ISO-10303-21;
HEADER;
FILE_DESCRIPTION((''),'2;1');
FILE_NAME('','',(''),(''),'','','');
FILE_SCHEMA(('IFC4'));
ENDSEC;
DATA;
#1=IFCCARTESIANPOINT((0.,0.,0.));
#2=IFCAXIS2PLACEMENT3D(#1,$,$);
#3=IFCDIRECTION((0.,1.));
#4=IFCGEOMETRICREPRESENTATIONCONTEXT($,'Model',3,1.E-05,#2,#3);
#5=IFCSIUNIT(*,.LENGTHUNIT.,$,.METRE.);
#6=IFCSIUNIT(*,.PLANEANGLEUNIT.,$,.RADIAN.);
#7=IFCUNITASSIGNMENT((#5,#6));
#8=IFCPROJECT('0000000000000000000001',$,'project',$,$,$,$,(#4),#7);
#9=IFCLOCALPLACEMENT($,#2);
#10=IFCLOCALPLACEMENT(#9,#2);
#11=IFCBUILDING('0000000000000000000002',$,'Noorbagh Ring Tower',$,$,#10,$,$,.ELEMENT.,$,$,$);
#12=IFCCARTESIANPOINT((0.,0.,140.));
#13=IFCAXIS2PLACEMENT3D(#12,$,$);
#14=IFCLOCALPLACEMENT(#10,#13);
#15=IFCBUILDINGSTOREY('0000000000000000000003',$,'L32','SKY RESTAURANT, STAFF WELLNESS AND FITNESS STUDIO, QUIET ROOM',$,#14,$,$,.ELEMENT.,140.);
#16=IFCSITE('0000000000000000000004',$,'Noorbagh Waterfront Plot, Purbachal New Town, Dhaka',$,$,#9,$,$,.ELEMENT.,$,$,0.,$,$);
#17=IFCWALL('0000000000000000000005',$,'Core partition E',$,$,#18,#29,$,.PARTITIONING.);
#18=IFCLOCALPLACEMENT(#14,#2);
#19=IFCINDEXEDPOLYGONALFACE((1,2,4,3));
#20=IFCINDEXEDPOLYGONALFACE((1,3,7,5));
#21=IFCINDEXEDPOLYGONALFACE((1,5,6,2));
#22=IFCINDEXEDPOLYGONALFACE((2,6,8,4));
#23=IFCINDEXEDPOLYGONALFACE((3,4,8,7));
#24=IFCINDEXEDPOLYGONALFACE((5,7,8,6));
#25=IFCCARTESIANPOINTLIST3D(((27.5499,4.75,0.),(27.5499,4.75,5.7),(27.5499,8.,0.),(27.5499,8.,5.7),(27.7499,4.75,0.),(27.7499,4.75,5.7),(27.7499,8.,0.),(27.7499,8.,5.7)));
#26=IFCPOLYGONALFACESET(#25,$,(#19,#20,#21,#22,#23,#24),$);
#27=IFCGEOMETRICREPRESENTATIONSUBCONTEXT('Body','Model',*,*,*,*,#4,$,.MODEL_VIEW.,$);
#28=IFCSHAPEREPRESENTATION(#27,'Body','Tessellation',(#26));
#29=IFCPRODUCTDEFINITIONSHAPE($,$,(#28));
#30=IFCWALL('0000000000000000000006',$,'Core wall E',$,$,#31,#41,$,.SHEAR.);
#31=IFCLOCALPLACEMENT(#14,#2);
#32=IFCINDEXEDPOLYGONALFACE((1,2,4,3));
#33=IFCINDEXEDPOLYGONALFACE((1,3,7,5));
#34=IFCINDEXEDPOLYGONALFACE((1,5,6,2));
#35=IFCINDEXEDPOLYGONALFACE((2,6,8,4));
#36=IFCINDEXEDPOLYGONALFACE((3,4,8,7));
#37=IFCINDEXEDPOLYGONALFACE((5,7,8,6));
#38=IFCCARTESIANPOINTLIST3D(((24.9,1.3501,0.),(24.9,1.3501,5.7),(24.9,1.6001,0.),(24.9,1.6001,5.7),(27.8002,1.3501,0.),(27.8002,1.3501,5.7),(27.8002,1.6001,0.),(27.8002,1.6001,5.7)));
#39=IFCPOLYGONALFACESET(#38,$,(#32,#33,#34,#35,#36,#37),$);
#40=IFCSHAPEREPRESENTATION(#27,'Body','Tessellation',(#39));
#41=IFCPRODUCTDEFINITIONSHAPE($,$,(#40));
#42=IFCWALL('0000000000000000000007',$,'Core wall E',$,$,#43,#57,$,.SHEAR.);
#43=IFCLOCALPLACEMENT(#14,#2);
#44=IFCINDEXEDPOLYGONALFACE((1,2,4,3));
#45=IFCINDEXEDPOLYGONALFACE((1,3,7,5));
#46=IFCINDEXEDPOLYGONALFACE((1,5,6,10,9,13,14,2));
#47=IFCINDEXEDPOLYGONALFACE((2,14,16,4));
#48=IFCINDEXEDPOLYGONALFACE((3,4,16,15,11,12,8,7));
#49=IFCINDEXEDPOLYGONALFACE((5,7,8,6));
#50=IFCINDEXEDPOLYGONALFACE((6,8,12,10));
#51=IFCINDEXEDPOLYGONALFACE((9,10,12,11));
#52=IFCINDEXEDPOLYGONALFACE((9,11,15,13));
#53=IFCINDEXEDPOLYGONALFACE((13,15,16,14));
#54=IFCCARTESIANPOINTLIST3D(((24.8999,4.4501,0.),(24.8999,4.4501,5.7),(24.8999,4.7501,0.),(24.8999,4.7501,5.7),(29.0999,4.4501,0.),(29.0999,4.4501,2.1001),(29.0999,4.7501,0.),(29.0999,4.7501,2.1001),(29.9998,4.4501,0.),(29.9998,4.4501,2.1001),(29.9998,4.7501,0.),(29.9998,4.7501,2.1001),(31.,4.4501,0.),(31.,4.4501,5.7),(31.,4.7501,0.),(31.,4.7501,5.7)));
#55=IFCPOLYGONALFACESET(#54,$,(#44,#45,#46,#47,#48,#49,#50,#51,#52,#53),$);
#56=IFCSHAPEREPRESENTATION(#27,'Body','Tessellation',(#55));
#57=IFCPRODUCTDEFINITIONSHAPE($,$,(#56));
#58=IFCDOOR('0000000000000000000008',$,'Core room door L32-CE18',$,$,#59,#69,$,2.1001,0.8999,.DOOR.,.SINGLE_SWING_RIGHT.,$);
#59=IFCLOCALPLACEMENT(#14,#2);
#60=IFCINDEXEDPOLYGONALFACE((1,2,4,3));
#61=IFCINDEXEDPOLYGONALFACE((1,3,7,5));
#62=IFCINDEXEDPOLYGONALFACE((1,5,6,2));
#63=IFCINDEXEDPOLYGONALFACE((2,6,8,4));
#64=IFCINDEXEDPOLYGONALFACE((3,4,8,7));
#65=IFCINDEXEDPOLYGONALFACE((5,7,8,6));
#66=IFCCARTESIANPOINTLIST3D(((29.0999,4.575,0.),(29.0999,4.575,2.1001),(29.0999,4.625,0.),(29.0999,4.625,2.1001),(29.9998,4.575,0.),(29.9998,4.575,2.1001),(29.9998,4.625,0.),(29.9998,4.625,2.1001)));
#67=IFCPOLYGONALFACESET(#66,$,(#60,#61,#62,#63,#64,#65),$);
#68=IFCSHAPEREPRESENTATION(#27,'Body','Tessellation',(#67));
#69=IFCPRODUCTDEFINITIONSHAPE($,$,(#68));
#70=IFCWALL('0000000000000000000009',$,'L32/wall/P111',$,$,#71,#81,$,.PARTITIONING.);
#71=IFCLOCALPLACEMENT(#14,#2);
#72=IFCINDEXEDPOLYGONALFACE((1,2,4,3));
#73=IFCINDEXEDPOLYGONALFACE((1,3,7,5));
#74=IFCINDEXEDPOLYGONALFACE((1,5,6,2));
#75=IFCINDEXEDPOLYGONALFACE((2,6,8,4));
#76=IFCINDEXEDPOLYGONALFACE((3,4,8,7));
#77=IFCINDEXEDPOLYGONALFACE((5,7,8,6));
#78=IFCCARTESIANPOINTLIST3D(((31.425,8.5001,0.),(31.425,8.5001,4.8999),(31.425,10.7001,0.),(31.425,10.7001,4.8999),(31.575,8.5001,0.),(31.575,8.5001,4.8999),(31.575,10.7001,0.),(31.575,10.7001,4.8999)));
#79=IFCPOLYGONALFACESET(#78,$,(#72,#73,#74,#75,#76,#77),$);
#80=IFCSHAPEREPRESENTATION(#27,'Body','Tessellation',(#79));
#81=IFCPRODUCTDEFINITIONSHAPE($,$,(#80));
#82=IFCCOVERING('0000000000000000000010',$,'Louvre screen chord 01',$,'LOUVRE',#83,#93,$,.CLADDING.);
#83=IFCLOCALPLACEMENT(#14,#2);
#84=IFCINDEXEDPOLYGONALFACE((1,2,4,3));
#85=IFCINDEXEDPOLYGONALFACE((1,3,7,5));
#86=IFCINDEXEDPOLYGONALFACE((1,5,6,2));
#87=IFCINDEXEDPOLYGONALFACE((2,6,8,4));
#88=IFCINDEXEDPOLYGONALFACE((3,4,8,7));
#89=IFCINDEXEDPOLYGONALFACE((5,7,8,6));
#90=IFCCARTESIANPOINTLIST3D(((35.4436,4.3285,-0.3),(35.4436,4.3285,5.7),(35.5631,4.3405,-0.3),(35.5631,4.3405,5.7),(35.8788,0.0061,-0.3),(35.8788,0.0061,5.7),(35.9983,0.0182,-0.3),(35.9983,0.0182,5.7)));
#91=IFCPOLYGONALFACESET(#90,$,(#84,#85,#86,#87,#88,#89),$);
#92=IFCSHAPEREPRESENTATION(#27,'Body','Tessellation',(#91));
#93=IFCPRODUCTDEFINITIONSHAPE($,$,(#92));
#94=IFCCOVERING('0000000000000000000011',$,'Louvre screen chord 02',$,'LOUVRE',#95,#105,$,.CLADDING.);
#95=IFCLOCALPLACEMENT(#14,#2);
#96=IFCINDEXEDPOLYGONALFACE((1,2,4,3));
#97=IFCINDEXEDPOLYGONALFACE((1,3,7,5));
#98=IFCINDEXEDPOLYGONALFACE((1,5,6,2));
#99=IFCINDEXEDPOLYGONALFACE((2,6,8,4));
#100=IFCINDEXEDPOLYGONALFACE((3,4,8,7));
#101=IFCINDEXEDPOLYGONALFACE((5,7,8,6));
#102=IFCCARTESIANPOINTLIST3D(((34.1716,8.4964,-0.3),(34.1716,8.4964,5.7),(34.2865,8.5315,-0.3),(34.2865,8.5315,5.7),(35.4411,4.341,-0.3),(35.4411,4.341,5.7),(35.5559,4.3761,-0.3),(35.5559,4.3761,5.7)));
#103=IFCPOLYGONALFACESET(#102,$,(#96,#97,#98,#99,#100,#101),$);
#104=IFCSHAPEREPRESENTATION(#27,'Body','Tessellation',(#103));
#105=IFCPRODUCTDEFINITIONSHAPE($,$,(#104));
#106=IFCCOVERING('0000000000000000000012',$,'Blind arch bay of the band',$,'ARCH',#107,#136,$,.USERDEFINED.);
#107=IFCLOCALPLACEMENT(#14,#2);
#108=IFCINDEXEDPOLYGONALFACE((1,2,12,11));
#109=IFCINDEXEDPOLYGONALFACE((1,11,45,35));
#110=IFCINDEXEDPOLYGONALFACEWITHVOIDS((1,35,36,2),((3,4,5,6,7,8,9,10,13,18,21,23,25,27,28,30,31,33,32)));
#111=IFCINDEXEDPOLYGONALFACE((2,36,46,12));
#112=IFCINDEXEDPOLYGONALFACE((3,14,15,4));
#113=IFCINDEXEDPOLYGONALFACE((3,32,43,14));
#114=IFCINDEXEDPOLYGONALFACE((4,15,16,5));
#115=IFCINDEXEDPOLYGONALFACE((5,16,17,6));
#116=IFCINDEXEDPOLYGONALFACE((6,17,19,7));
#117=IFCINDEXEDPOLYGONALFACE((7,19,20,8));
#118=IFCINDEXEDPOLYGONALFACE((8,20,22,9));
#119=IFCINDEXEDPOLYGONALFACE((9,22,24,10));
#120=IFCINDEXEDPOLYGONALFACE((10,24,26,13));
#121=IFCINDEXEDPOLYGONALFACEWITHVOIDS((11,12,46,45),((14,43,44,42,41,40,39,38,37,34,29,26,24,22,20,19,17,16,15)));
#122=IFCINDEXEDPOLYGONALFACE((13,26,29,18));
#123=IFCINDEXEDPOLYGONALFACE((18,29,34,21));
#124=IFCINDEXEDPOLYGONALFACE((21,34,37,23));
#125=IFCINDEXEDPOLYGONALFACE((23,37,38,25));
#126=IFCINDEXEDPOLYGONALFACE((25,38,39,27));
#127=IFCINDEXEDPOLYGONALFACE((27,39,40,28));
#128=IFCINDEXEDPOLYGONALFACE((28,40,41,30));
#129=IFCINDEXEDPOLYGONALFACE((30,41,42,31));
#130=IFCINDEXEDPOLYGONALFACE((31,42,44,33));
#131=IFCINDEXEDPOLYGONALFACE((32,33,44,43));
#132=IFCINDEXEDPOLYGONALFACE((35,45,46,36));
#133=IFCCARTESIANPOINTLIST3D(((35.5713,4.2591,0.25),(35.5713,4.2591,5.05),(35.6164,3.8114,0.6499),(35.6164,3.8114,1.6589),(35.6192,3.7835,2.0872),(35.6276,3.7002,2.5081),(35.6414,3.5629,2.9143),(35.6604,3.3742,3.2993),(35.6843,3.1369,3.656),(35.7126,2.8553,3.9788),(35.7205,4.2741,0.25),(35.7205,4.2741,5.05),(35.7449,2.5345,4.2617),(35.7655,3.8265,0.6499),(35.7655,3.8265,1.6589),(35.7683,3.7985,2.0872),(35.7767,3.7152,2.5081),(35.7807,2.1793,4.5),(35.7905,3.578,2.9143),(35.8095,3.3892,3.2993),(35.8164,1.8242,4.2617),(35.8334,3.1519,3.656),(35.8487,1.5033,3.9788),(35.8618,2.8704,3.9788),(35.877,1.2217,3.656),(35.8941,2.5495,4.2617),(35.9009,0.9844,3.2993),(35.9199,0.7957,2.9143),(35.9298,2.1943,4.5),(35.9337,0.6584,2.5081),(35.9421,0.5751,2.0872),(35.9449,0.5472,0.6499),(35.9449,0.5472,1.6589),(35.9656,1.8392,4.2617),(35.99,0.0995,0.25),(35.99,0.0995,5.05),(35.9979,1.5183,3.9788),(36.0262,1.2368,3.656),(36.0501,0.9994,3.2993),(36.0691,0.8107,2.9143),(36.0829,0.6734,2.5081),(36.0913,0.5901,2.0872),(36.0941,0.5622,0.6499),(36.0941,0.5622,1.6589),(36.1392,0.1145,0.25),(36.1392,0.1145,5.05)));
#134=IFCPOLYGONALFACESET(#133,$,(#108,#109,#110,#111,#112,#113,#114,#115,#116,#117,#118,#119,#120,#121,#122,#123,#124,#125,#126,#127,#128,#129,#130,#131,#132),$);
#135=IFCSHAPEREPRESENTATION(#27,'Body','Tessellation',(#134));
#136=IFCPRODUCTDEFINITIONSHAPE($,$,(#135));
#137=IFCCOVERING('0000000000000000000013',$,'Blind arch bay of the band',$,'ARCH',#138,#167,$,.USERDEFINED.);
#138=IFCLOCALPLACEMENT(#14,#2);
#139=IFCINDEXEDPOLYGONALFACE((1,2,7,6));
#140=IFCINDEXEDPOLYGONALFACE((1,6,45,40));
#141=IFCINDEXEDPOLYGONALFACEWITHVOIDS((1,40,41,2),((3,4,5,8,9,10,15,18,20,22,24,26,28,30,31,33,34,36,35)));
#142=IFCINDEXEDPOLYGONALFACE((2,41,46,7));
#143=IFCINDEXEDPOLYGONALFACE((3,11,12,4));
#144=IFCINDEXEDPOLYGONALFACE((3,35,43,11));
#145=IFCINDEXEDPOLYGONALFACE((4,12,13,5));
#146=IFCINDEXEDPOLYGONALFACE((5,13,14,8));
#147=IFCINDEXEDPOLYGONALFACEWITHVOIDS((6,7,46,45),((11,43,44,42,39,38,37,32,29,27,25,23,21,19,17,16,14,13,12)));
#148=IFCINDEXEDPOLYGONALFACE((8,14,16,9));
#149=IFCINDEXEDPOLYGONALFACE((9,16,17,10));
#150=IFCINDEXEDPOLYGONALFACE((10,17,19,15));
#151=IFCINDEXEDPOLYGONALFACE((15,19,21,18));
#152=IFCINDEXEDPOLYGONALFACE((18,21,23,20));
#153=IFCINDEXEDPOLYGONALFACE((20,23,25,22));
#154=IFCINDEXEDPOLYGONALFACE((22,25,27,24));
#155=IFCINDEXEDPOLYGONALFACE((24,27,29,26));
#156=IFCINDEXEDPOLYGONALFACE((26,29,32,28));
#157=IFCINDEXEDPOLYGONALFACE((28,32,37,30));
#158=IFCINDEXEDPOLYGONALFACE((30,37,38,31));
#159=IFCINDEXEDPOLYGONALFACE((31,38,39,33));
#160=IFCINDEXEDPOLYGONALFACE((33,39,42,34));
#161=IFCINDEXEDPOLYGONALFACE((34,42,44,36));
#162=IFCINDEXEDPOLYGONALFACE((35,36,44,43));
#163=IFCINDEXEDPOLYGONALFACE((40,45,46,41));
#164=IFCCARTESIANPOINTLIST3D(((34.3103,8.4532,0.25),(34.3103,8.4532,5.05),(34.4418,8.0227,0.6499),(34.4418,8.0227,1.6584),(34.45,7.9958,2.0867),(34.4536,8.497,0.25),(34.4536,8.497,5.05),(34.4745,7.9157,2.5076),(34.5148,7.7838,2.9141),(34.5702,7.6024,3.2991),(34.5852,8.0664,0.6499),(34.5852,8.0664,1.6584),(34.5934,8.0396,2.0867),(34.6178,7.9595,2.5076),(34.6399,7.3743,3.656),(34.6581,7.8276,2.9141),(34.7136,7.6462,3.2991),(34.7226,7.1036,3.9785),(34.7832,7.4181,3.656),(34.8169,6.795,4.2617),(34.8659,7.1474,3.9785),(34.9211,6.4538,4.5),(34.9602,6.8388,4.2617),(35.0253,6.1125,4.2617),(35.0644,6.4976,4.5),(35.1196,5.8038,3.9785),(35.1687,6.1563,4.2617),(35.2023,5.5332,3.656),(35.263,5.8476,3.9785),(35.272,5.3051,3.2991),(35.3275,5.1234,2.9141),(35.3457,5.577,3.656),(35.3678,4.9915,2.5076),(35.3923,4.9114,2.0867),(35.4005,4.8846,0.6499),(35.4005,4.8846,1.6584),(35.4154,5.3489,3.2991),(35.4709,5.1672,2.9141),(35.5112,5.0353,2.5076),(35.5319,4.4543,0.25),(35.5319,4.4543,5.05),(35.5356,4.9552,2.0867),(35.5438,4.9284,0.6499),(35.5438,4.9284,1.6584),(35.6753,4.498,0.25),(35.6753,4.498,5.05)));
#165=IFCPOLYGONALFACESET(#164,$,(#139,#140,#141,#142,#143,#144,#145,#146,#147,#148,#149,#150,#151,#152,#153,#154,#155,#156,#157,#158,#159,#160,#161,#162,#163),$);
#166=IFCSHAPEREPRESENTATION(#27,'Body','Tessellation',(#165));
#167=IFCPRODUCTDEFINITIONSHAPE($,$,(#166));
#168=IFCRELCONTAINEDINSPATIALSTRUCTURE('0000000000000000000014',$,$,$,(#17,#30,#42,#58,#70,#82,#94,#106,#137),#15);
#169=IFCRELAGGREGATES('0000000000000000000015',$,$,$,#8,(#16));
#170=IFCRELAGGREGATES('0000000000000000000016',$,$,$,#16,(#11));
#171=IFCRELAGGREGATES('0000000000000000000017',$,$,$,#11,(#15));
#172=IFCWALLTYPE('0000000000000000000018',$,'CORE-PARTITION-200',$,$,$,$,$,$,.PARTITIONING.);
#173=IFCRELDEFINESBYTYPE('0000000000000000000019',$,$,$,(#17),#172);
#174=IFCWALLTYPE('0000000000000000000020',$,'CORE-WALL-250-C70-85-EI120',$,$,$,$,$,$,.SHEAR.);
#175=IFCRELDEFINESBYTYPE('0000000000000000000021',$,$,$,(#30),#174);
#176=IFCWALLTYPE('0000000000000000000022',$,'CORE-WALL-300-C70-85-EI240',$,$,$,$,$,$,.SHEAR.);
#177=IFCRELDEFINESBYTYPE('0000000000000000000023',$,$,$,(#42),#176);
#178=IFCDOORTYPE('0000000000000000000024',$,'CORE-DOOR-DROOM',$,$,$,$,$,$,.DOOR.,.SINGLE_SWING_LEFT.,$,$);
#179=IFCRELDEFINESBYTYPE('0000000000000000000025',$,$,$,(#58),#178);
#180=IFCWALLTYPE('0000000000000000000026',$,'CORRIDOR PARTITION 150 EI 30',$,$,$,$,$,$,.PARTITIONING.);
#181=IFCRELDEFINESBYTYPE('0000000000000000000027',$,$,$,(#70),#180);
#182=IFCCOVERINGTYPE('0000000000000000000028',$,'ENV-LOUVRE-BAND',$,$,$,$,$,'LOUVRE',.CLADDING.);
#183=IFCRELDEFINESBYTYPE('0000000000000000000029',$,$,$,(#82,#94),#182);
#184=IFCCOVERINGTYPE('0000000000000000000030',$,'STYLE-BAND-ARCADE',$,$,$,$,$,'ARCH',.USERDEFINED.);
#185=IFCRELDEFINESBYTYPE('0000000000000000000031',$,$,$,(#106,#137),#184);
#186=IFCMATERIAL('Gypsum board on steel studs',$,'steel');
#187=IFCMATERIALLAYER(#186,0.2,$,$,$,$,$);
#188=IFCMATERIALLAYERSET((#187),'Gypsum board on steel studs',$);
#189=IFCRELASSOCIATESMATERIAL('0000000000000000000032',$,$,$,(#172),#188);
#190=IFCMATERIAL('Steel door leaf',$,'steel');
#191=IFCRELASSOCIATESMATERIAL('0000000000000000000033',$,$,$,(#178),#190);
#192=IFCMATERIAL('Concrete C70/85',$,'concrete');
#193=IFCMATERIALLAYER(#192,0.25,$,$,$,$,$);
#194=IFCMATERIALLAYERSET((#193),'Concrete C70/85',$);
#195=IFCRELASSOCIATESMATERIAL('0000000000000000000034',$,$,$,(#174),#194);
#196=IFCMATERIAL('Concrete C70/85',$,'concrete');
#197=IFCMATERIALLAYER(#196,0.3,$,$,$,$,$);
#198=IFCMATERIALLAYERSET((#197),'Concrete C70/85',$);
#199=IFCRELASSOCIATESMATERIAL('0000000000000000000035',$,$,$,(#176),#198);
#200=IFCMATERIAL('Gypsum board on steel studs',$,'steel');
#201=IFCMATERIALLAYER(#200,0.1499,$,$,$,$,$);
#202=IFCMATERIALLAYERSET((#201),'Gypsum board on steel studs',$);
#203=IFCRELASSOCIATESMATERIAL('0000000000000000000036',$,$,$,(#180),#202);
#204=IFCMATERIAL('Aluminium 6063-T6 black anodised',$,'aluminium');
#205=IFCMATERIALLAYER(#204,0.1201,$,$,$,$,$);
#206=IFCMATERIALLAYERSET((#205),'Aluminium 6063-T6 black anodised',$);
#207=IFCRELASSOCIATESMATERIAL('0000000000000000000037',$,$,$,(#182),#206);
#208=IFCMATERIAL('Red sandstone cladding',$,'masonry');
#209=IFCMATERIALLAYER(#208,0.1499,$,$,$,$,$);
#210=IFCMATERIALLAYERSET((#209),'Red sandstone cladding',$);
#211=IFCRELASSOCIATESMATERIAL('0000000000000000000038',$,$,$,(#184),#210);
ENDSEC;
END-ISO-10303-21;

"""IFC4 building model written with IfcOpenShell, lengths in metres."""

from ifc_helpers import new_model, si_unit, direction, frame, frame_2d, origin, origin_2d, place, context, subcontext, project, spatial, polyline, rectangle, outline, extrude, material, layer, layer_set, type_object, element, fill, save


model = new_model("IFC4")

# Units and contexts
model_context = context("Model", 3, precision=1e-05, world=origin(), true_north=direction((0.0, 1.0)))
body_context = subcontext(model_context, "Body", "Model", "MODEL_VIEW")
ifc_project = project(units=[si_unit("LENGTHUNIT", "METRE"), si_unit("PLANEANGLEUNIT", "RADIAN")], contexts=[model_context])

# Site, building, storey
site_placement = place(None, origin())
site = spatial("IfcSite", under=ifc_project, at=site_placement, Name="Noorbagh Waterfront Plot, Purbachal New Town, Dhaka", CompositionType="ELEMENT", RefElevation=0.0)
building_placement = place(site_placement, origin())
building = spatial("IfcBuilding", under=site, at=building_placement, Name="Noorbagh Ring Tower", CompositionType="ELEMENT")
storey_placement = place(building_placement, frame((0.0, 0.0, 140.0)))
storey = spatial("IfcBuildingStorey", under=building, at=storey_placement, Name="L32", Description="SKY RESTAURANT, STAFF WELLNESS AND FITNESS STUDIO, QUIET ROOM", CompositionType="ELEMENT", Elevation=140.0)

# Shared definitions
ifc_material_1 = material(Name="Gypsum board on steel studs", Category="steel")
ifc_layer_1 = layer(ifc_material_1, 0.2)
ifc_layer_set_1 = layer_set([ifc_layer_1], Name="Gypsum board on steel studs")
wall_type_1 = type_object("IfcWallType", Name="CORE-PARTITION-200", PredefinedType="PARTITIONING", material=ifc_layer_set_1)
ifc_material_2 = material(Name="Steel door leaf", Category="steel")
door_type = type_object("IfcDoorType", Name="CORE-DOOR-DROOM", OperationType="SINGLE_SWING_LEFT", PredefinedType="DOOR", material=ifc_material_2)

# Walls
wall_1_placement = place(storey_placement, frame((27.6499, 4.75, 0.0), z_axis=(0.0, 0.0, 1.0), x_axis=(0.0, 1.0, 0.0)))
element("IfcWall", 1, at=wall_1_placement, inside=storey, type_object=wall_type_1, Name="Core partition E", PredefinedType="PARTITIONING", context=body_context, shape_type="SweptSolid", body=[
    extrude(rectangle(XDim=3.25, YDim=0.2, at=frame_2d((1.625, 0.0))), origin(), (0.0, 0.0, 1.0), 5.7),
])
ifc_material_3 = material(Name="Concrete C70/85", Category="concrete")
ifc_layer_2 = layer(ifc_material_3, 0.25)
ifc_layer_set_2 = layer_set([ifc_layer_2], Name="Concrete C70/85")
wall_type_2 = type_object("IfcWallType", Name="CORE-WALL-250-C70-85-EI120", PredefinedType="SHEAR", material=ifc_layer_set_2)
wall_2_placement = place(storey_placement, frame((24.8999, 1.4751, 0.0), z_axis=(0.0, 0.0, 1.0), x_axis=(1.0, 0.0, 0.0)))
element("IfcWall", 2, at=wall_2_placement, inside=storey, type_object=wall_type_2, Name="Core wall E", PredefinedType="SHEAR", context=body_context, shape_type="SweptSolid", body=[
    extrude(rectangle(XDim=2.9001, YDim=0.25, at=frame_2d((1.4502, 0.0))), origin(), (0.0, 0.0, 1.0), 5.7),
])

# Wall, opening, door
ifc_material_4 = material(Name="Concrete C70/85", Category="concrete")
ifc_layer_3 = layer(ifc_material_4, 0.3)
ifc_layer_set_3 = layer_set([ifc_layer_3], Name="Concrete C70/85")
wall_type_3 = type_object("IfcWallType", Name="CORE-WALL-300-C70-85-EI240", PredefinedType="SHEAR", material=ifc_layer_set_3)
wall_3_placement = place(storey_placement, frame((24.8999, 4.6001, 0.0), z_axis=(0.0, 0.0, 1.0), x_axis=(1.0, 0.0, 0.0)))
wall_3 = element("IfcWall", 3, at=wall_3_placement, inside=storey, type_object=wall_type_3, Name="Core wall E", PredefinedType="SHEAR", context=body_context, shape_type="SweptSolid", body=[
    extrude(rectangle(XDim=6.1001, YDim=0.3, at=frame_2d((3.05, 0.0))), origin(), (0.0, 0.0, 1.0), 5.7),
])
opening_1_placement = place(wall_3_placement, frame((4.2, 0.0, 0.0)))
opening_1 = element("IfcOpeningElement", 4, at=opening_1_placement, cuts=wall_3, PredefinedType="OPENING", context=body_context, shape_type="SweptSolid", body=[
    extrude(rectangle(XDim=0.8999, YDim=2.1001, at=frame_2d((0.45, 1.05))), frame((0.0, 0.1602, 0.0), z_axis=(0.0, -1.0, 0.0), x_axis=(1.0, 0.0, 0.0)), (0.0, 0.0, 1.0), 0.3201),
])
door_1_placement = place(opening_1_placement, origin())
door_1 = element("IfcDoor", 5, at=door_1_placement, inside=storey, type_object=door_type, Name="Core room door L32-CE18", OperationType="SINGLE_SWING_RIGHT", OverallHeight=2.1001, OverallWidth=0.8999, PredefinedType="DOOR", context=body_context, shape_type="SweptSolid", body=[
    extrude(rectangle(XDim=0.8999, YDim=2.1001, at=frame_2d((0.45, 1.05))), frame((0.0, 0.0249, 0.0), z_axis=(0.0, -1.0, 0.0), x_axis=(1.0, 0.0, 0.0)), (0.0, 0.0, 1.0), 0.05),
])
fill(opening_1, door_1)

# Wall
ifc_material_5 = material(Name="Gypsum board on steel studs", Category="steel")
ifc_layer_4 = layer(ifc_material_5, 0.1499)
ifc_layer_set_4 = layer_set([ifc_layer_4], Name="Gypsum board on steel studs")
wall_type_4 = type_object("IfcWallType", Name="CORRIDOR PARTITION 150 EI 30", PredefinedType="PARTITIONING", material=ifc_layer_set_4)
wall_4_placement = place(storey_placement, frame((31.5, 8.5, 0.0), z_axis=(0.0, 0.0, 1.0), x_axis=(0.0, 1.0, 0.0)))
element("IfcWall", 6, at=wall_4_placement, inside=storey, type_object=wall_type_4, Name="L32/wall/P111", PredefinedType="PARTITIONING", context=body_context, shape_type="SweptSolid", body=[
    extrude(rectangle(XDim=2.2, YDim=0.1499, at=frame_2d((1.1001, 0.0))), origin(), (0.0, 0.0, 1.0), 4.8999),
])

# Coverings
ifc_material_6 = material(Name="Aluminium 6063-T6 black anodised", Category="aluminium")
ifc_layer_5 = layer(ifc_material_6, 0.1201)
ifc_layer_set_5 = layer_set([ifc_layer_5], Name="Aluminium 6063-T6 black anodised")
covering_type_1 = type_object("IfcCoveringType", Name="ENV-LOUVRE-BAND", ElementType="LOUVRE", PredefinedType="CLADDING", material=ifc_layer_set_5)
covering_1_placement = place(storey_placement, frame((35.7209, 2.1733, -0.3), z_axis=(0.0, 0.0, 1.0), x_axis=(-0.100178, 0.99497, 0.0)))
element("IfcCovering", 7, at=covering_1_placement, inside=storey, type_object=covering_type_1, Name="Louvre screen chord 01", ObjectType="LOUVRE", PredefinedType="CLADDING", context=body_context, shape_type="SweptSolid", body=[
    extrude(rectangle(XDim=4.3442, YDim=0.1201, at=origin_2d()), origin(), (0.0, 0.0, 1.0), 6.0),
])
covering_2_placement = place(storey_placement, frame((34.8638, 6.4363, -0.3), z_axis=(0.0, 0.0, 1.0), x_axis=(-0.29217, 0.956366, 0.0)))
element("IfcCovering", 8, at=covering_2_placement, inside=storey, type_object=covering_type_1, Name="Louvre screen chord 02", ObjectType="LOUVRE", PredefinedType="CLADDING", context=body_context, shape_type="SweptSolid", body=[
    extrude(rectangle(XDim=4.345, YDim=0.1201, at=origin_2d()), origin(), (0.0, 0.0, 1.0), 6.0),
])
ifc_material_7 = material(Name="Red sandstone cladding", Category="masonry")
ifc_layer_6 = layer(ifc_material_7, 0.1499)
ifc_layer_set_6 = layer_set([ifc_layer_6], Name="Red sandstone cladding")
covering_type_2 = type_object("IfcCoveringType", Name="STYLE-BAND-ARCADE", ElementType="ARCH", PredefinedType="USERDEFINED", material=ifc_layer_set_6)
covering_3_placement = place(storey_placement, frame((36.1392, 0.1145, 0.25), z_axis=(0.994972, 0.100151, 0.0), x_axis=(-0.100151, 0.994972, 0.0)))
element("IfcCovering", 9, at=covering_3_placement, inside=storey, type_object=covering_type_2, Name="Blind arch bay of the band", ObjectType="ARCH", PredefinedType="USERDEFINED", context=body_context, shape_type="SweptSolid", body=[
    extrude(outline(polyline([(0.0, 0.0), (4.1807, 0.0), (4.1807, 4.8), (0.0, 4.8), (0.0, 0.0)]), holes=[polyline([(0.45, 0.3999), (0.45, 1.4089), (0.478, 1.8372), (0.5618, 2.2581), (0.6997, 2.6643), (0.8894, 3.0493), (1.1279, 3.406), (1.4109, 3.7288), (1.7334, 4.0117), (2.0903, 4.25), (2.4473, 4.0117), (2.7698, 3.7288), (3.0527, 3.406), (3.2913, 3.0493), (3.481, 2.6643), (3.6189, 2.2581), (3.7026, 1.8372), (3.7307, 1.4089), (3.7307, 0.3999), (0.45, 0.3999)])]), origin(), (0.0, 0.0, -1.0), 0.1499),
])
covering_4_placement = place(storey_placement, frame((35.6753, 4.498, 0.25), z_axis=(0.956368, 0.292165, 0.0), x_axis=(-0.292165, 0.956368, 0.0)))
element("IfcCovering", 10, at=covering_4_placement, inside=storey, type_object=covering_type_2, Name="Blind arch bay of the band", ObjectType="ARCH", PredefinedType="USERDEFINED", context=body_context, shape_type="SweptSolid", body=[
    extrude(outline(polyline([(0.0, 0.0), (4.1814, 0.0), (4.1814, 4.8), (0.0, 4.8), (0.0, 0.0)]), holes=[polyline([(0.45, 0.3999), (0.45, 1.4084), (0.478, 1.8367), (0.5618, 2.2576), (0.6997, 2.6641), (0.8896, 3.0491), (1.1282, 3.406), (1.4111, 3.7285), (1.7339, 4.0117), (2.0908, 4.25), (2.4475, 4.0117), (2.7703, 3.7285), (3.0532, 3.406), (3.2917, 3.0491), (3.4814, 2.6641), (3.6194, 2.2576), (3.7031, 1.8367), (3.7312, 1.4084), (3.7312, 0.3999), (0.45, 0.3999)])]), origin(), (0.0, 0.0, -1.0), 0.1499),
])

save(model, "model.ifc")
